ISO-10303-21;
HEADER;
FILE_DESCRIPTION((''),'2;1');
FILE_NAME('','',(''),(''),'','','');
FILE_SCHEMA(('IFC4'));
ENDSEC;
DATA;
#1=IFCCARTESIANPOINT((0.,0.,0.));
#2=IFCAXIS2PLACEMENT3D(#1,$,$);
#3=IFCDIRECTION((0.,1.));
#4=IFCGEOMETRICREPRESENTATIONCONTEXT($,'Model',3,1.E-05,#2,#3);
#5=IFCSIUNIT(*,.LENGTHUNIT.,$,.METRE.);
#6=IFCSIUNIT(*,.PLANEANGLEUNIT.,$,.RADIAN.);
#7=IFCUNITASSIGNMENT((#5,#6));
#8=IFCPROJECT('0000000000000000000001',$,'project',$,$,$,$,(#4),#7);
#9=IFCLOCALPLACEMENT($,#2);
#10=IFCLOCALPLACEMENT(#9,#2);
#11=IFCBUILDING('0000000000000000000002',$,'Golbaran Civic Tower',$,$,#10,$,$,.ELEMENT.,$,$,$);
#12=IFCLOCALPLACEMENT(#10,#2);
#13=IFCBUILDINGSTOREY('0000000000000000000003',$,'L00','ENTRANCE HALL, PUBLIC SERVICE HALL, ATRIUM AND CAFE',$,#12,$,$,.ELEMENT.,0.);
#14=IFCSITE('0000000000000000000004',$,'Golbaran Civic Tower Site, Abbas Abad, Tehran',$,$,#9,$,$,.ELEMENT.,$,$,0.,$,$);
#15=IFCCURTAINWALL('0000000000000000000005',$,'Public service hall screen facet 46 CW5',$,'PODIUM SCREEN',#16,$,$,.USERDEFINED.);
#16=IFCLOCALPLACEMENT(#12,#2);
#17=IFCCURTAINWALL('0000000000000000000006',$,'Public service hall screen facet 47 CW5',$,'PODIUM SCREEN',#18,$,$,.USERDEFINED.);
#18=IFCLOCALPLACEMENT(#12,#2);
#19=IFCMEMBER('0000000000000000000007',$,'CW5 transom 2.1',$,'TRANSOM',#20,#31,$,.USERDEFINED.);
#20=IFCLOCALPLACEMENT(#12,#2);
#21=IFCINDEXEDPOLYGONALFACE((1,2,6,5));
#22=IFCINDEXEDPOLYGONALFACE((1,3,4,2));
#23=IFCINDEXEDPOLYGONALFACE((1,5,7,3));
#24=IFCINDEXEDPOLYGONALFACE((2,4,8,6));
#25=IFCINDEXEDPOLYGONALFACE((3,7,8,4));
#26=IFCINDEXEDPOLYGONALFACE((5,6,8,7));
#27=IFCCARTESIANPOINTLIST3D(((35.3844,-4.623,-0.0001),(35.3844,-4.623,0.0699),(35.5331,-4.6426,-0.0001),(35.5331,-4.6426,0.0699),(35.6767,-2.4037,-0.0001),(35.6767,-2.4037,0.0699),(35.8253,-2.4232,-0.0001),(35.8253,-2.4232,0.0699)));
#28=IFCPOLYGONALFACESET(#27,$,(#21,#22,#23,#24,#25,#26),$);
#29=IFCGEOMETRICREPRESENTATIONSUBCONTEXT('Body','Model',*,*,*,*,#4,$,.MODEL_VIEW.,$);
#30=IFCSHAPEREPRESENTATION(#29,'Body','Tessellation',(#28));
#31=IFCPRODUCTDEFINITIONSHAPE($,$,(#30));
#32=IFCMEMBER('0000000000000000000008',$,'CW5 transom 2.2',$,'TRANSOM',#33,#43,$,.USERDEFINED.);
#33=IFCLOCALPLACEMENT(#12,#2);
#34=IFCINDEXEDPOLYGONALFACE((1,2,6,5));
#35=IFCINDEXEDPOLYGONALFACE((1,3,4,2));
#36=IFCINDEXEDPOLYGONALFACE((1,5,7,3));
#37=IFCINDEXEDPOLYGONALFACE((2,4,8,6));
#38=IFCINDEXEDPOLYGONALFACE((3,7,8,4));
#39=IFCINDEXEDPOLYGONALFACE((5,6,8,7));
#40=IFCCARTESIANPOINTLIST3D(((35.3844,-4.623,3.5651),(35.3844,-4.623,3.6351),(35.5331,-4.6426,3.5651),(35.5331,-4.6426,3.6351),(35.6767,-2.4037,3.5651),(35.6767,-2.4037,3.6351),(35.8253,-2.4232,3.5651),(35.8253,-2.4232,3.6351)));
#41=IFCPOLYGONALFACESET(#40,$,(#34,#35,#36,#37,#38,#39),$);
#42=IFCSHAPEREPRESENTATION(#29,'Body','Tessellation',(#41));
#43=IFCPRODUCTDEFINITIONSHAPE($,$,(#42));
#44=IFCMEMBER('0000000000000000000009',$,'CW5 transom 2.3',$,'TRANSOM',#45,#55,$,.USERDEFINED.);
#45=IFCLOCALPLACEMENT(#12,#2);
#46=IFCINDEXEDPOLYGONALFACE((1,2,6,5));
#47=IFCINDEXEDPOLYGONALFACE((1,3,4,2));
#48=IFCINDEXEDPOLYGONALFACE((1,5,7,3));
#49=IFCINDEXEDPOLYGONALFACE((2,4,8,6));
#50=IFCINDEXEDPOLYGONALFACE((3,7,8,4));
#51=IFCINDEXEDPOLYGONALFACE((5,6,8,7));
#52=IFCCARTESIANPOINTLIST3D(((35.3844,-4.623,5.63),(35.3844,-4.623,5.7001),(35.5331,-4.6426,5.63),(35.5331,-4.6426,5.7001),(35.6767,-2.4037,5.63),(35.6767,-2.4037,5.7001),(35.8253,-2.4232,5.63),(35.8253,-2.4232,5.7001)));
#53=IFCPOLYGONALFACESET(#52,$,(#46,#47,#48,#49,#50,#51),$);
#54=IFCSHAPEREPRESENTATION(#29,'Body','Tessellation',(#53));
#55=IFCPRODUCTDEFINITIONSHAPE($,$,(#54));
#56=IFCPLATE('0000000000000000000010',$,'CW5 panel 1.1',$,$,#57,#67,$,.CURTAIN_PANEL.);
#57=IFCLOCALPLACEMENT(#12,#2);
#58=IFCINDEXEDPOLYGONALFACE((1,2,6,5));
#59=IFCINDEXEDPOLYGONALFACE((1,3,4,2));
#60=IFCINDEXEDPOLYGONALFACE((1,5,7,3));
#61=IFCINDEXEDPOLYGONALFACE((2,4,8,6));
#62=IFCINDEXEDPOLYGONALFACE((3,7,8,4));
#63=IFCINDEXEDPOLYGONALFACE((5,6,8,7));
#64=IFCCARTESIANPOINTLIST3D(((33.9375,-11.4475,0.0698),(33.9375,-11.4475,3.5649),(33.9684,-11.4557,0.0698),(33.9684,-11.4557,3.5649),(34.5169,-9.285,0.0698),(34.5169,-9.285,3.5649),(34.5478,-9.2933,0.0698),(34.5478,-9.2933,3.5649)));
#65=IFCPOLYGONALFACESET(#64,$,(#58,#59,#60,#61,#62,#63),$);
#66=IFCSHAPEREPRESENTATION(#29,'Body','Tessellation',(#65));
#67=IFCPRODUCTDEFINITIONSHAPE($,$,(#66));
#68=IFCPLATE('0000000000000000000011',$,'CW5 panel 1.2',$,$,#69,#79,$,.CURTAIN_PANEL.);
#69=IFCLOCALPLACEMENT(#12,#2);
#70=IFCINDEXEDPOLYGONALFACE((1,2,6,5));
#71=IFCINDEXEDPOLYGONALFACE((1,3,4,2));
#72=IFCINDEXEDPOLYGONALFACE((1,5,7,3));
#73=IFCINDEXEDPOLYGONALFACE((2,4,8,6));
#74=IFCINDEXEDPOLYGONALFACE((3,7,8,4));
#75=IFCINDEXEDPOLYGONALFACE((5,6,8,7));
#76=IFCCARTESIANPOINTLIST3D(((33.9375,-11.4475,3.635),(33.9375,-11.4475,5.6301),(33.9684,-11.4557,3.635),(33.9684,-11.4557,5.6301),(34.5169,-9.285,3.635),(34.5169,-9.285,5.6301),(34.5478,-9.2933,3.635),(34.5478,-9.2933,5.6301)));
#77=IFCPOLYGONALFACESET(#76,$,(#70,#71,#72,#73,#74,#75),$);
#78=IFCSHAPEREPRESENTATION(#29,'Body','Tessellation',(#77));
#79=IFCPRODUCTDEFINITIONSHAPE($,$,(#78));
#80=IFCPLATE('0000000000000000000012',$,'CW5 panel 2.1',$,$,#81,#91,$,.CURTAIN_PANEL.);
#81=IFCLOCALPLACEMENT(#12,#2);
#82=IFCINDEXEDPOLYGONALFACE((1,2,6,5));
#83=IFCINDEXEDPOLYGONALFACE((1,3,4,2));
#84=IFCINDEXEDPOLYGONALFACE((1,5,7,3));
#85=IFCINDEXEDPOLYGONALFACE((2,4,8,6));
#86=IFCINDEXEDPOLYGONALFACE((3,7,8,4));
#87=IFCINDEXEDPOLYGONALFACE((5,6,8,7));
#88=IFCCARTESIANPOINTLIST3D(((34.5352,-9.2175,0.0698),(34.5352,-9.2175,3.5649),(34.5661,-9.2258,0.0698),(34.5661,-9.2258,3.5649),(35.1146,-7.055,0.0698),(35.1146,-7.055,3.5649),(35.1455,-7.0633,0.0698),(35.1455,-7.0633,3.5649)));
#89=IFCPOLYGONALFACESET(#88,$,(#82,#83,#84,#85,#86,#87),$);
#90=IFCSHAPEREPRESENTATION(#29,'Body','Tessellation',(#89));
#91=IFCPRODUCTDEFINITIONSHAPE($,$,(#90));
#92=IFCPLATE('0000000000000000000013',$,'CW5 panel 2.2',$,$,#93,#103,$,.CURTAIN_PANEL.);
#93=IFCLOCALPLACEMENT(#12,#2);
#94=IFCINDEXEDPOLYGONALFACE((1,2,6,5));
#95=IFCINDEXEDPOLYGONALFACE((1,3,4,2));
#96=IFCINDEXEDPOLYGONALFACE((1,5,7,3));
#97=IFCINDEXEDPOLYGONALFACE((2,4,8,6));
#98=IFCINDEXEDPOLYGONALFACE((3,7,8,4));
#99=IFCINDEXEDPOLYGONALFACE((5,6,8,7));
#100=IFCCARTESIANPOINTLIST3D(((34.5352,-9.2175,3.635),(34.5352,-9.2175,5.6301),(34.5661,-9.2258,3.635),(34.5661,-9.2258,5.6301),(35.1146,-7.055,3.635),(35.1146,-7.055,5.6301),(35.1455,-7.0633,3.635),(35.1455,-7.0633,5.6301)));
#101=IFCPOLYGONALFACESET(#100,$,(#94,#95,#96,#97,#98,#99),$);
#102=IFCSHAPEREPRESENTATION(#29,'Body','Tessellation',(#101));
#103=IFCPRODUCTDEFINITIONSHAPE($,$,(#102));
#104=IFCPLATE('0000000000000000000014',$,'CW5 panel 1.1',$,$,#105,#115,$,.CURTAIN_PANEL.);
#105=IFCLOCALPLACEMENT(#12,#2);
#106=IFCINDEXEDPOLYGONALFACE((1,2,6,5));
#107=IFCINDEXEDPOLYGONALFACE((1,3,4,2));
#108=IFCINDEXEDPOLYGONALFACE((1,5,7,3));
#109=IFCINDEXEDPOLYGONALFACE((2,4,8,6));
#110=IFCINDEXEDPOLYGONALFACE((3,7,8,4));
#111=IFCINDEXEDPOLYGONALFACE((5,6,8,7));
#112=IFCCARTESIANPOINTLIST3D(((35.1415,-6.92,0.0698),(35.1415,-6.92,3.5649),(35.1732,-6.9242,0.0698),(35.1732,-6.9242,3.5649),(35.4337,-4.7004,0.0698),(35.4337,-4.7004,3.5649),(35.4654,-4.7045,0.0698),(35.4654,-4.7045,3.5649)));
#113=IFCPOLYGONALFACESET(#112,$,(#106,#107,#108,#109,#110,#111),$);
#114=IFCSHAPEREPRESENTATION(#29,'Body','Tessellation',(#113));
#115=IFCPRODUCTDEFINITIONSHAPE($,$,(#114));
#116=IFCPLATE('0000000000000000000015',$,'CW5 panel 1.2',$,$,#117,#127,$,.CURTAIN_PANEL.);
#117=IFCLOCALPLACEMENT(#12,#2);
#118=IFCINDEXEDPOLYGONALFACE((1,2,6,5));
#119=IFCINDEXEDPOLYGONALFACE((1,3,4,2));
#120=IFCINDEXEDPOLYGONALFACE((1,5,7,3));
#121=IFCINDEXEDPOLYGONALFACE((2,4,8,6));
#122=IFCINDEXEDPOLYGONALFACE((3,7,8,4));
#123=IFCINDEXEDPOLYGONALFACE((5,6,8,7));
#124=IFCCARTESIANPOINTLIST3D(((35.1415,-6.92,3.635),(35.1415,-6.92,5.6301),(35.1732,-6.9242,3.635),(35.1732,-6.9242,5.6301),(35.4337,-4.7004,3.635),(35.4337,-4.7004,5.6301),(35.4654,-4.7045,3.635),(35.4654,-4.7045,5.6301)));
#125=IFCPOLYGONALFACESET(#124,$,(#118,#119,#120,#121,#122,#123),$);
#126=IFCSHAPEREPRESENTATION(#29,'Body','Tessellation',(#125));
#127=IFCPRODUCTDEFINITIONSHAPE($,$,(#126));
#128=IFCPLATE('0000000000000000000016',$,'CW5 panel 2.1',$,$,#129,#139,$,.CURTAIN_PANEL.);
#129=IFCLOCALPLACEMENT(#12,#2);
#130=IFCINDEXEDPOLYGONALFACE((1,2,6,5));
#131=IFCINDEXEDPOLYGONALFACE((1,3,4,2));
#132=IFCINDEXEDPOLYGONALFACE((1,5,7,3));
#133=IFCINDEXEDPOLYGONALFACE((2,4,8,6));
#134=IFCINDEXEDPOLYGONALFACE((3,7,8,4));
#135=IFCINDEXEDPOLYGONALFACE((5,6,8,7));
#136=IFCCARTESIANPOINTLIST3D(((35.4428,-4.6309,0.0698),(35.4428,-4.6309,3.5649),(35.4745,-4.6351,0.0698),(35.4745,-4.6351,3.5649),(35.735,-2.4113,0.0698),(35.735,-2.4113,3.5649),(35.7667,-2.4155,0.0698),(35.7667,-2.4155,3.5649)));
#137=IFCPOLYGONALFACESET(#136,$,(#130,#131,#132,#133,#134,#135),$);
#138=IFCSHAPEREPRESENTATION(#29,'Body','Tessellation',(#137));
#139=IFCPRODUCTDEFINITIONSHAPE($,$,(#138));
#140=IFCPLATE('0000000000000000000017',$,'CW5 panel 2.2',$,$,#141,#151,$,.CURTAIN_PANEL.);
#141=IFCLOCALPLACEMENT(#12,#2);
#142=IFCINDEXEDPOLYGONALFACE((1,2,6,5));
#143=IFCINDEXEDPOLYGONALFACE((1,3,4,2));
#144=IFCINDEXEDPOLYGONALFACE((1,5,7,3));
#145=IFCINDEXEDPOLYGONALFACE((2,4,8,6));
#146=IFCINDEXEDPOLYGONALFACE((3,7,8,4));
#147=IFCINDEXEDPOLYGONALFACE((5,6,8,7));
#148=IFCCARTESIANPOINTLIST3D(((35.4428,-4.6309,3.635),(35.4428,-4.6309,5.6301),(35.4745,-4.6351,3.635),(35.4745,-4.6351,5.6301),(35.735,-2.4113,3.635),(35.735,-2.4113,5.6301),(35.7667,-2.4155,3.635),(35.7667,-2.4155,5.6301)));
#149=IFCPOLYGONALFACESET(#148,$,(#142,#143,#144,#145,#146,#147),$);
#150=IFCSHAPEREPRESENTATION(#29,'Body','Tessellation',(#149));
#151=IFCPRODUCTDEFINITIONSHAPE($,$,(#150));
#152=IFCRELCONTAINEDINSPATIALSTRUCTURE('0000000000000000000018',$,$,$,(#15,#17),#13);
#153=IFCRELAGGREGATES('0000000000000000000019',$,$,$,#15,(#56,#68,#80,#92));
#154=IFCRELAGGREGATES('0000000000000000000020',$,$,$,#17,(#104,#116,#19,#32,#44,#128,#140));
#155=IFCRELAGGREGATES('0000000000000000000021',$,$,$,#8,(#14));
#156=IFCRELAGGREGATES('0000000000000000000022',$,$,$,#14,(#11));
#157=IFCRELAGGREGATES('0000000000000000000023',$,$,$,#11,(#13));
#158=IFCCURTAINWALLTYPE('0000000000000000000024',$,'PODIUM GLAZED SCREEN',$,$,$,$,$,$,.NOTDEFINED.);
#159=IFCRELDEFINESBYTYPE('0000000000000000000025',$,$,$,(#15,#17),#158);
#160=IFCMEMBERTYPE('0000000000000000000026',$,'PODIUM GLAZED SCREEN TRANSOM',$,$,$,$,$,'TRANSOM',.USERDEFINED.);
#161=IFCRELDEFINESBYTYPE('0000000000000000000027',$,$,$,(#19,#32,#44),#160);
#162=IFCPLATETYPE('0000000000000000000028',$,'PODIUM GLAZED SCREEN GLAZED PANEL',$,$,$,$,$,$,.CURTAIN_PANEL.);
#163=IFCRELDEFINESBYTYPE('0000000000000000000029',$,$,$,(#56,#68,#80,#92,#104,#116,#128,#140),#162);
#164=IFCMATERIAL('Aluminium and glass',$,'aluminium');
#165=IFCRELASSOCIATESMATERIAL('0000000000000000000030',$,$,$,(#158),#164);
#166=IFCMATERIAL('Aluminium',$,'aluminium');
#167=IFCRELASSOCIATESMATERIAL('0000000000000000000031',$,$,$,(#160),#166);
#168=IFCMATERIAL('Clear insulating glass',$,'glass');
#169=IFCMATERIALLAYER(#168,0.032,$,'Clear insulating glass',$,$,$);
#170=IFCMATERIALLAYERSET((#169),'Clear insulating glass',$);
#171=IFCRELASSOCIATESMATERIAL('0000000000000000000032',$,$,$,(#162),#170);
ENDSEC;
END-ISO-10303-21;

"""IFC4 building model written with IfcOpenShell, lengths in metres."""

from ifc_helpers import new_model, si_unit, direction, frame, origin, origin_2d, place, context, subcontext, project, spatial, rectangle, extrude, material, layer, layer_set, material_profile, profile_set, type_object, element, aggregate, save


model = new_model("IFC4")

# Units and contexts
model_context = context("Model", 3, precision=1e-05, world=origin(), true_north=direction((0.0, 1.0)))
body_context = subcontext(model_context, "Body", "Model", "MODEL_VIEW")
ifc_project = project(units=[si_unit("LENGTHUNIT", "METRE"), si_unit("PLANEANGLEUNIT", "RADIAN")], contexts=[model_context])

# Site, building, storey
site_placement = place(None, origin())
site = spatial("IfcSite", under=ifc_project, at=site_placement, Name="Golbaran Civic Tower Site, Abbas Abad, Tehran", CompositionType="ELEMENT", RefElevation=0.0)
building_placement = place(site_placement, origin())
building = spatial("IfcBuilding", under=site, at=building_placement, Name="Golbaran Civic Tower", CompositionType="ELEMENT")
storey_placement = place(building_placement, origin())
storey = spatial("IfcBuildingStorey", under=building, at=storey_placement, Name="L00", Description="ENTRANCE HALL, PUBLIC SERVICE HALL, ATRIUM AND CAFE", CompositionType="ELEMENT", Elevation=0.0)

# Curtain walls
ifc_material_1 = material(Name="Aluminium and glass", Category="aluminium")
curtain_wall_type = type_object("IfcCurtainWallType", Name="PODIUM GLAZED SCREEN", PredefinedType="NOTDEFINED", material=ifc_material_1)
curtain_wall_1_placement = place(storey_placement, origin())
curtain_wall_1 = element("IfcCurtainWall", 1, at=curtain_wall_1_placement, inside=storey, type_object=curtain_wall_type, Name="Public service hall screen facet 46 CW5", ObjectType="PODIUM SCREEN", PredefinedType="USERDEFINED")
ifc_material_2 = material(Name="Aluminium", Category="aluminium")
curtain_wall_2_placement = place(storey_placement, origin())
curtain_wall_2 = element("IfcCurtainWall", 2, at=curtain_wall_2_placement, inside=storey, type_object=curtain_wall_type, Name="Public service hall screen facet 47 CW5", ObjectType="PODIUM SCREEN", PredefinedType="USERDEFINED")

# Members
ifc_material_profile_1 = material_profile(ifc_material_2, rectangle(XDim=0.1499, YDim=0.0701, at=origin_2d()), Name="PODIUM GLAZED SCREEN TRANSOM")
ifc_profile_set_1 = profile_set([ifc_material_profile_1], Name="Aluminium")
member_type_1 = type_object("IfcMemberType", Name="PODIUM GLAZED SCREEN TRANSOM", ElementType="TRANSOM", PredefinedType="USERDEFINED", material=ifc_profile_set_1)
member_1_placement = place(storey_placement, frame((35.4587, -4.6328, 0.0349), z_axis=(0.130542, 0.991443, 0.0), x_axis=(-0.991443, 0.130542, 0.0)))
member_1 = element("IfcMember", 3, at=member_1_placement, type_object=member_type_1, Name="CW5 transom 2.1", ObjectType="TRANSOM", PredefinedType="USERDEFINED", context=body_context, shape_type="SweptSolid", body=[
    extrude(rectangle(XDim=0.1499, YDim=0.0701, at=origin_2d()), origin(), (0.0, 0.0, 1.0), 2.2385),
])
member_2_placement = place(storey_placement, frame((35.4587, -4.6328, 3.6001), z_axis=(0.130542, 0.991443, 0.0), x_axis=(-0.991443, 0.130542, 0.0)))
member_2 = element("IfcMember", 4, at=member_2_placement, type_object=member_type_1, Name="CW5 transom 2.2", ObjectType="TRANSOM", PredefinedType="USERDEFINED", context=body_context, shape_type="SweptSolid", body=[
    extrude(rectangle(XDim=0.1499, YDim=0.0701, at=origin_2d()), origin(), (0.0, 0.0, 1.0), 2.2385),
])
member_3_placement = place(storey_placement, frame((35.4587, -4.6328, 5.665), z_axis=(0.130542, 0.991443, 0.0), x_axis=(-0.991443, 0.130542, 0.0)))
member_3 = element("IfcMember", 5, at=member_3_placement, type_object=member_type_1, Name="CW5 transom 2.3", ObjectType="TRANSOM", PredefinedType="USERDEFINED", context=body_context, shape_type="SweptSolid", body=[
    extrude(rectangle(XDim=0.1499, YDim=0.0701, at=origin_2d()), origin(), (0.0, 0.0, 1.0), 2.2385),
])

# Plates
ifc_material_3 = material(Name="Clear insulating glass", Category="glass")
ifc_layer = layer(ifc_material_3, 0.032, Name="Clear insulating glass")
ifc_layer_set = layer_set([ifc_layer], Name="Clear insulating glass")
plate_type = type_object("IfcPlateType", Name="PODIUM GLAZED SCREEN GLAZED PANEL", PredefinedType="CURTAIN_PANEL", material=ifc_layer_set)
plate_1_placement = place(storey_placement, frame((34.2427, -10.3704, 0.0698), z_axis=(0.0, 0.0, 1.0), x_axis=(0.258819, 0.965926, 0.0)))
plate_1 = element("IfcPlate", 6, at=plate_1_placement, type_object=plate_type, Name="CW5 panel 1.1", PredefinedType="CURTAIN_PANEL", context=body_context, shape_type="SweptSolid", body=[
    extrude(rectangle(XDim=2.2388, YDim=0.032, at=origin_2d()), origin(), (0.0, 0.0, 1.0), 3.4951),
])
plate_2_placement = place(storey_placement, frame((34.2427, -10.3704, 3.635), z_axis=(0.0, 0.0, 1.0), x_axis=(0.258819, 0.965926, 0.0)))
plate_2 = element("IfcPlate", 7, at=plate_2_placement, type_object=plate_type, Name="CW5 panel 1.2", PredefinedType="CURTAIN_PANEL", context=body_context, shape_type="SweptSolid", body=[
    extrude(rectangle(XDim=2.2388, YDim=0.032, at=origin_2d()), origin(), (0.0, 0.0, 1.0), 1.9951),
])
plate_3_placement = place(storey_placement, frame((34.8403, -8.1404, 0.0698), z_axis=(0.0, 0.0, 1.0), x_axis=(0.258819, 0.965926, 0.0)))
plate_3 = element("IfcPlate", 8, at=plate_3_placement, type_object=plate_type, Name="CW5 panel 2.1", PredefinedType="CURTAIN_PANEL", context=body_context, shape_type="SweptSolid", body=[
    extrude(rectangle(XDim=2.2388, YDim=0.032, at=origin_2d()), origin(), (0.0, 0.0, 1.0), 3.4951),
])
plate_4_placement = place(storey_placement, frame((34.8403, -8.1404, 3.635), z_axis=(0.0, 0.0, 1.0), x_axis=(0.258819, 0.965926, 0.0)))
plate_4 = element("IfcPlate", 9, at=plate_4_placement, type_object=plate_type, Name="CW5 panel 2.2", PredefinedType="CURTAIN_PANEL", context=body_context, shape_type="SweptSolid", body=[
    extrude(rectangle(XDim=2.2388, YDim=0.032, at=origin_2d()), origin(), (0.0, 0.0, 1.0), 1.9951),
])
aggregate(curtain_wall_1, [plate_1, plate_2, plate_3, plate_4])
plate_5_placement = place(storey_placement, frame((35.3035, -5.8123, 0.0698), z_axis=(0.0, 0.0, 1.0), x_axis=(0.130526, 0.991445, 0.0)))
plate_5 = element("IfcPlate", 10, at=plate_5_placement, type_object=plate_type, Name="CW5 panel 1.1", PredefinedType="CURTAIN_PANEL", context=body_context, shape_type="SweptSolid", body=[
    extrude(rectangle(XDim=2.2388, YDim=0.032, at=origin_2d()), origin(), (0.0, 0.0, 1.0), 3.4951),
])
plate_6_placement = place(storey_placement, frame((35.3035, -5.8123, 3.635), z_axis=(0.0, 0.0, 1.0), x_axis=(0.130526, 0.991445, 0.0)))
plate_6 = element("IfcPlate", 11, at=plate_6_placement, type_object=plate_type, Name="CW5 panel 1.2", PredefinedType="CURTAIN_PANEL", context=body_context, shape_type="SweptSolid", body=[
    extrude(rectangle(XDim=2.2388, YDim=0.032, at=origin_2d()), origin(), (0.0, 0.0, 1.0), 1.9951),
])
plate_7_placement = place(storey_placement, frame((35.6047, -3.5232, 0.0698), z_axis=(0.0, 0.0, 1.0), x_axis=(0.130526, 0.991445, 0.0)))
plate_7 = element("IfcPlate", 12, at=plate_7_placement, type_object=plate_type, Name="CW5 panel 2.1", PredefinedType="CURTAIN_PANEL", context=body_context, shape_type="SweptSolid", body=[
    extrude(rectangle(XDim=2.2388, YDim=0.032, at=origin_2d()), origin(), (0.0, 0.0, 1.0), 3.4951),
])
plate_8_placement = place(storey_placement, frame((35.6047, -3.5232, 3.635), z_axis=(0.0, 0.0, 1.0), x_axis=(0.130526, 0.991445, 0.0)))
plate_8 = element("IfcPlate", 13, at=plate_8_placement, type_object=plate_type, Name="CW5 panel 2.2", PredefinedType="CURTAIN_PANEL", context=body_context, shape_type="SweptSolid", body=[
    extrude(rectangle(XDim=2.2388, YDim=0.032, at=origin_2d()), origin(), (0.0, 0.0, 1.0), 1.9951),
])
aggregate(curtain_wall_2, [plate_5, plate_6, member_1, member_2, member_3, plate_7, plate_8])

save(model, "model.ifc")
